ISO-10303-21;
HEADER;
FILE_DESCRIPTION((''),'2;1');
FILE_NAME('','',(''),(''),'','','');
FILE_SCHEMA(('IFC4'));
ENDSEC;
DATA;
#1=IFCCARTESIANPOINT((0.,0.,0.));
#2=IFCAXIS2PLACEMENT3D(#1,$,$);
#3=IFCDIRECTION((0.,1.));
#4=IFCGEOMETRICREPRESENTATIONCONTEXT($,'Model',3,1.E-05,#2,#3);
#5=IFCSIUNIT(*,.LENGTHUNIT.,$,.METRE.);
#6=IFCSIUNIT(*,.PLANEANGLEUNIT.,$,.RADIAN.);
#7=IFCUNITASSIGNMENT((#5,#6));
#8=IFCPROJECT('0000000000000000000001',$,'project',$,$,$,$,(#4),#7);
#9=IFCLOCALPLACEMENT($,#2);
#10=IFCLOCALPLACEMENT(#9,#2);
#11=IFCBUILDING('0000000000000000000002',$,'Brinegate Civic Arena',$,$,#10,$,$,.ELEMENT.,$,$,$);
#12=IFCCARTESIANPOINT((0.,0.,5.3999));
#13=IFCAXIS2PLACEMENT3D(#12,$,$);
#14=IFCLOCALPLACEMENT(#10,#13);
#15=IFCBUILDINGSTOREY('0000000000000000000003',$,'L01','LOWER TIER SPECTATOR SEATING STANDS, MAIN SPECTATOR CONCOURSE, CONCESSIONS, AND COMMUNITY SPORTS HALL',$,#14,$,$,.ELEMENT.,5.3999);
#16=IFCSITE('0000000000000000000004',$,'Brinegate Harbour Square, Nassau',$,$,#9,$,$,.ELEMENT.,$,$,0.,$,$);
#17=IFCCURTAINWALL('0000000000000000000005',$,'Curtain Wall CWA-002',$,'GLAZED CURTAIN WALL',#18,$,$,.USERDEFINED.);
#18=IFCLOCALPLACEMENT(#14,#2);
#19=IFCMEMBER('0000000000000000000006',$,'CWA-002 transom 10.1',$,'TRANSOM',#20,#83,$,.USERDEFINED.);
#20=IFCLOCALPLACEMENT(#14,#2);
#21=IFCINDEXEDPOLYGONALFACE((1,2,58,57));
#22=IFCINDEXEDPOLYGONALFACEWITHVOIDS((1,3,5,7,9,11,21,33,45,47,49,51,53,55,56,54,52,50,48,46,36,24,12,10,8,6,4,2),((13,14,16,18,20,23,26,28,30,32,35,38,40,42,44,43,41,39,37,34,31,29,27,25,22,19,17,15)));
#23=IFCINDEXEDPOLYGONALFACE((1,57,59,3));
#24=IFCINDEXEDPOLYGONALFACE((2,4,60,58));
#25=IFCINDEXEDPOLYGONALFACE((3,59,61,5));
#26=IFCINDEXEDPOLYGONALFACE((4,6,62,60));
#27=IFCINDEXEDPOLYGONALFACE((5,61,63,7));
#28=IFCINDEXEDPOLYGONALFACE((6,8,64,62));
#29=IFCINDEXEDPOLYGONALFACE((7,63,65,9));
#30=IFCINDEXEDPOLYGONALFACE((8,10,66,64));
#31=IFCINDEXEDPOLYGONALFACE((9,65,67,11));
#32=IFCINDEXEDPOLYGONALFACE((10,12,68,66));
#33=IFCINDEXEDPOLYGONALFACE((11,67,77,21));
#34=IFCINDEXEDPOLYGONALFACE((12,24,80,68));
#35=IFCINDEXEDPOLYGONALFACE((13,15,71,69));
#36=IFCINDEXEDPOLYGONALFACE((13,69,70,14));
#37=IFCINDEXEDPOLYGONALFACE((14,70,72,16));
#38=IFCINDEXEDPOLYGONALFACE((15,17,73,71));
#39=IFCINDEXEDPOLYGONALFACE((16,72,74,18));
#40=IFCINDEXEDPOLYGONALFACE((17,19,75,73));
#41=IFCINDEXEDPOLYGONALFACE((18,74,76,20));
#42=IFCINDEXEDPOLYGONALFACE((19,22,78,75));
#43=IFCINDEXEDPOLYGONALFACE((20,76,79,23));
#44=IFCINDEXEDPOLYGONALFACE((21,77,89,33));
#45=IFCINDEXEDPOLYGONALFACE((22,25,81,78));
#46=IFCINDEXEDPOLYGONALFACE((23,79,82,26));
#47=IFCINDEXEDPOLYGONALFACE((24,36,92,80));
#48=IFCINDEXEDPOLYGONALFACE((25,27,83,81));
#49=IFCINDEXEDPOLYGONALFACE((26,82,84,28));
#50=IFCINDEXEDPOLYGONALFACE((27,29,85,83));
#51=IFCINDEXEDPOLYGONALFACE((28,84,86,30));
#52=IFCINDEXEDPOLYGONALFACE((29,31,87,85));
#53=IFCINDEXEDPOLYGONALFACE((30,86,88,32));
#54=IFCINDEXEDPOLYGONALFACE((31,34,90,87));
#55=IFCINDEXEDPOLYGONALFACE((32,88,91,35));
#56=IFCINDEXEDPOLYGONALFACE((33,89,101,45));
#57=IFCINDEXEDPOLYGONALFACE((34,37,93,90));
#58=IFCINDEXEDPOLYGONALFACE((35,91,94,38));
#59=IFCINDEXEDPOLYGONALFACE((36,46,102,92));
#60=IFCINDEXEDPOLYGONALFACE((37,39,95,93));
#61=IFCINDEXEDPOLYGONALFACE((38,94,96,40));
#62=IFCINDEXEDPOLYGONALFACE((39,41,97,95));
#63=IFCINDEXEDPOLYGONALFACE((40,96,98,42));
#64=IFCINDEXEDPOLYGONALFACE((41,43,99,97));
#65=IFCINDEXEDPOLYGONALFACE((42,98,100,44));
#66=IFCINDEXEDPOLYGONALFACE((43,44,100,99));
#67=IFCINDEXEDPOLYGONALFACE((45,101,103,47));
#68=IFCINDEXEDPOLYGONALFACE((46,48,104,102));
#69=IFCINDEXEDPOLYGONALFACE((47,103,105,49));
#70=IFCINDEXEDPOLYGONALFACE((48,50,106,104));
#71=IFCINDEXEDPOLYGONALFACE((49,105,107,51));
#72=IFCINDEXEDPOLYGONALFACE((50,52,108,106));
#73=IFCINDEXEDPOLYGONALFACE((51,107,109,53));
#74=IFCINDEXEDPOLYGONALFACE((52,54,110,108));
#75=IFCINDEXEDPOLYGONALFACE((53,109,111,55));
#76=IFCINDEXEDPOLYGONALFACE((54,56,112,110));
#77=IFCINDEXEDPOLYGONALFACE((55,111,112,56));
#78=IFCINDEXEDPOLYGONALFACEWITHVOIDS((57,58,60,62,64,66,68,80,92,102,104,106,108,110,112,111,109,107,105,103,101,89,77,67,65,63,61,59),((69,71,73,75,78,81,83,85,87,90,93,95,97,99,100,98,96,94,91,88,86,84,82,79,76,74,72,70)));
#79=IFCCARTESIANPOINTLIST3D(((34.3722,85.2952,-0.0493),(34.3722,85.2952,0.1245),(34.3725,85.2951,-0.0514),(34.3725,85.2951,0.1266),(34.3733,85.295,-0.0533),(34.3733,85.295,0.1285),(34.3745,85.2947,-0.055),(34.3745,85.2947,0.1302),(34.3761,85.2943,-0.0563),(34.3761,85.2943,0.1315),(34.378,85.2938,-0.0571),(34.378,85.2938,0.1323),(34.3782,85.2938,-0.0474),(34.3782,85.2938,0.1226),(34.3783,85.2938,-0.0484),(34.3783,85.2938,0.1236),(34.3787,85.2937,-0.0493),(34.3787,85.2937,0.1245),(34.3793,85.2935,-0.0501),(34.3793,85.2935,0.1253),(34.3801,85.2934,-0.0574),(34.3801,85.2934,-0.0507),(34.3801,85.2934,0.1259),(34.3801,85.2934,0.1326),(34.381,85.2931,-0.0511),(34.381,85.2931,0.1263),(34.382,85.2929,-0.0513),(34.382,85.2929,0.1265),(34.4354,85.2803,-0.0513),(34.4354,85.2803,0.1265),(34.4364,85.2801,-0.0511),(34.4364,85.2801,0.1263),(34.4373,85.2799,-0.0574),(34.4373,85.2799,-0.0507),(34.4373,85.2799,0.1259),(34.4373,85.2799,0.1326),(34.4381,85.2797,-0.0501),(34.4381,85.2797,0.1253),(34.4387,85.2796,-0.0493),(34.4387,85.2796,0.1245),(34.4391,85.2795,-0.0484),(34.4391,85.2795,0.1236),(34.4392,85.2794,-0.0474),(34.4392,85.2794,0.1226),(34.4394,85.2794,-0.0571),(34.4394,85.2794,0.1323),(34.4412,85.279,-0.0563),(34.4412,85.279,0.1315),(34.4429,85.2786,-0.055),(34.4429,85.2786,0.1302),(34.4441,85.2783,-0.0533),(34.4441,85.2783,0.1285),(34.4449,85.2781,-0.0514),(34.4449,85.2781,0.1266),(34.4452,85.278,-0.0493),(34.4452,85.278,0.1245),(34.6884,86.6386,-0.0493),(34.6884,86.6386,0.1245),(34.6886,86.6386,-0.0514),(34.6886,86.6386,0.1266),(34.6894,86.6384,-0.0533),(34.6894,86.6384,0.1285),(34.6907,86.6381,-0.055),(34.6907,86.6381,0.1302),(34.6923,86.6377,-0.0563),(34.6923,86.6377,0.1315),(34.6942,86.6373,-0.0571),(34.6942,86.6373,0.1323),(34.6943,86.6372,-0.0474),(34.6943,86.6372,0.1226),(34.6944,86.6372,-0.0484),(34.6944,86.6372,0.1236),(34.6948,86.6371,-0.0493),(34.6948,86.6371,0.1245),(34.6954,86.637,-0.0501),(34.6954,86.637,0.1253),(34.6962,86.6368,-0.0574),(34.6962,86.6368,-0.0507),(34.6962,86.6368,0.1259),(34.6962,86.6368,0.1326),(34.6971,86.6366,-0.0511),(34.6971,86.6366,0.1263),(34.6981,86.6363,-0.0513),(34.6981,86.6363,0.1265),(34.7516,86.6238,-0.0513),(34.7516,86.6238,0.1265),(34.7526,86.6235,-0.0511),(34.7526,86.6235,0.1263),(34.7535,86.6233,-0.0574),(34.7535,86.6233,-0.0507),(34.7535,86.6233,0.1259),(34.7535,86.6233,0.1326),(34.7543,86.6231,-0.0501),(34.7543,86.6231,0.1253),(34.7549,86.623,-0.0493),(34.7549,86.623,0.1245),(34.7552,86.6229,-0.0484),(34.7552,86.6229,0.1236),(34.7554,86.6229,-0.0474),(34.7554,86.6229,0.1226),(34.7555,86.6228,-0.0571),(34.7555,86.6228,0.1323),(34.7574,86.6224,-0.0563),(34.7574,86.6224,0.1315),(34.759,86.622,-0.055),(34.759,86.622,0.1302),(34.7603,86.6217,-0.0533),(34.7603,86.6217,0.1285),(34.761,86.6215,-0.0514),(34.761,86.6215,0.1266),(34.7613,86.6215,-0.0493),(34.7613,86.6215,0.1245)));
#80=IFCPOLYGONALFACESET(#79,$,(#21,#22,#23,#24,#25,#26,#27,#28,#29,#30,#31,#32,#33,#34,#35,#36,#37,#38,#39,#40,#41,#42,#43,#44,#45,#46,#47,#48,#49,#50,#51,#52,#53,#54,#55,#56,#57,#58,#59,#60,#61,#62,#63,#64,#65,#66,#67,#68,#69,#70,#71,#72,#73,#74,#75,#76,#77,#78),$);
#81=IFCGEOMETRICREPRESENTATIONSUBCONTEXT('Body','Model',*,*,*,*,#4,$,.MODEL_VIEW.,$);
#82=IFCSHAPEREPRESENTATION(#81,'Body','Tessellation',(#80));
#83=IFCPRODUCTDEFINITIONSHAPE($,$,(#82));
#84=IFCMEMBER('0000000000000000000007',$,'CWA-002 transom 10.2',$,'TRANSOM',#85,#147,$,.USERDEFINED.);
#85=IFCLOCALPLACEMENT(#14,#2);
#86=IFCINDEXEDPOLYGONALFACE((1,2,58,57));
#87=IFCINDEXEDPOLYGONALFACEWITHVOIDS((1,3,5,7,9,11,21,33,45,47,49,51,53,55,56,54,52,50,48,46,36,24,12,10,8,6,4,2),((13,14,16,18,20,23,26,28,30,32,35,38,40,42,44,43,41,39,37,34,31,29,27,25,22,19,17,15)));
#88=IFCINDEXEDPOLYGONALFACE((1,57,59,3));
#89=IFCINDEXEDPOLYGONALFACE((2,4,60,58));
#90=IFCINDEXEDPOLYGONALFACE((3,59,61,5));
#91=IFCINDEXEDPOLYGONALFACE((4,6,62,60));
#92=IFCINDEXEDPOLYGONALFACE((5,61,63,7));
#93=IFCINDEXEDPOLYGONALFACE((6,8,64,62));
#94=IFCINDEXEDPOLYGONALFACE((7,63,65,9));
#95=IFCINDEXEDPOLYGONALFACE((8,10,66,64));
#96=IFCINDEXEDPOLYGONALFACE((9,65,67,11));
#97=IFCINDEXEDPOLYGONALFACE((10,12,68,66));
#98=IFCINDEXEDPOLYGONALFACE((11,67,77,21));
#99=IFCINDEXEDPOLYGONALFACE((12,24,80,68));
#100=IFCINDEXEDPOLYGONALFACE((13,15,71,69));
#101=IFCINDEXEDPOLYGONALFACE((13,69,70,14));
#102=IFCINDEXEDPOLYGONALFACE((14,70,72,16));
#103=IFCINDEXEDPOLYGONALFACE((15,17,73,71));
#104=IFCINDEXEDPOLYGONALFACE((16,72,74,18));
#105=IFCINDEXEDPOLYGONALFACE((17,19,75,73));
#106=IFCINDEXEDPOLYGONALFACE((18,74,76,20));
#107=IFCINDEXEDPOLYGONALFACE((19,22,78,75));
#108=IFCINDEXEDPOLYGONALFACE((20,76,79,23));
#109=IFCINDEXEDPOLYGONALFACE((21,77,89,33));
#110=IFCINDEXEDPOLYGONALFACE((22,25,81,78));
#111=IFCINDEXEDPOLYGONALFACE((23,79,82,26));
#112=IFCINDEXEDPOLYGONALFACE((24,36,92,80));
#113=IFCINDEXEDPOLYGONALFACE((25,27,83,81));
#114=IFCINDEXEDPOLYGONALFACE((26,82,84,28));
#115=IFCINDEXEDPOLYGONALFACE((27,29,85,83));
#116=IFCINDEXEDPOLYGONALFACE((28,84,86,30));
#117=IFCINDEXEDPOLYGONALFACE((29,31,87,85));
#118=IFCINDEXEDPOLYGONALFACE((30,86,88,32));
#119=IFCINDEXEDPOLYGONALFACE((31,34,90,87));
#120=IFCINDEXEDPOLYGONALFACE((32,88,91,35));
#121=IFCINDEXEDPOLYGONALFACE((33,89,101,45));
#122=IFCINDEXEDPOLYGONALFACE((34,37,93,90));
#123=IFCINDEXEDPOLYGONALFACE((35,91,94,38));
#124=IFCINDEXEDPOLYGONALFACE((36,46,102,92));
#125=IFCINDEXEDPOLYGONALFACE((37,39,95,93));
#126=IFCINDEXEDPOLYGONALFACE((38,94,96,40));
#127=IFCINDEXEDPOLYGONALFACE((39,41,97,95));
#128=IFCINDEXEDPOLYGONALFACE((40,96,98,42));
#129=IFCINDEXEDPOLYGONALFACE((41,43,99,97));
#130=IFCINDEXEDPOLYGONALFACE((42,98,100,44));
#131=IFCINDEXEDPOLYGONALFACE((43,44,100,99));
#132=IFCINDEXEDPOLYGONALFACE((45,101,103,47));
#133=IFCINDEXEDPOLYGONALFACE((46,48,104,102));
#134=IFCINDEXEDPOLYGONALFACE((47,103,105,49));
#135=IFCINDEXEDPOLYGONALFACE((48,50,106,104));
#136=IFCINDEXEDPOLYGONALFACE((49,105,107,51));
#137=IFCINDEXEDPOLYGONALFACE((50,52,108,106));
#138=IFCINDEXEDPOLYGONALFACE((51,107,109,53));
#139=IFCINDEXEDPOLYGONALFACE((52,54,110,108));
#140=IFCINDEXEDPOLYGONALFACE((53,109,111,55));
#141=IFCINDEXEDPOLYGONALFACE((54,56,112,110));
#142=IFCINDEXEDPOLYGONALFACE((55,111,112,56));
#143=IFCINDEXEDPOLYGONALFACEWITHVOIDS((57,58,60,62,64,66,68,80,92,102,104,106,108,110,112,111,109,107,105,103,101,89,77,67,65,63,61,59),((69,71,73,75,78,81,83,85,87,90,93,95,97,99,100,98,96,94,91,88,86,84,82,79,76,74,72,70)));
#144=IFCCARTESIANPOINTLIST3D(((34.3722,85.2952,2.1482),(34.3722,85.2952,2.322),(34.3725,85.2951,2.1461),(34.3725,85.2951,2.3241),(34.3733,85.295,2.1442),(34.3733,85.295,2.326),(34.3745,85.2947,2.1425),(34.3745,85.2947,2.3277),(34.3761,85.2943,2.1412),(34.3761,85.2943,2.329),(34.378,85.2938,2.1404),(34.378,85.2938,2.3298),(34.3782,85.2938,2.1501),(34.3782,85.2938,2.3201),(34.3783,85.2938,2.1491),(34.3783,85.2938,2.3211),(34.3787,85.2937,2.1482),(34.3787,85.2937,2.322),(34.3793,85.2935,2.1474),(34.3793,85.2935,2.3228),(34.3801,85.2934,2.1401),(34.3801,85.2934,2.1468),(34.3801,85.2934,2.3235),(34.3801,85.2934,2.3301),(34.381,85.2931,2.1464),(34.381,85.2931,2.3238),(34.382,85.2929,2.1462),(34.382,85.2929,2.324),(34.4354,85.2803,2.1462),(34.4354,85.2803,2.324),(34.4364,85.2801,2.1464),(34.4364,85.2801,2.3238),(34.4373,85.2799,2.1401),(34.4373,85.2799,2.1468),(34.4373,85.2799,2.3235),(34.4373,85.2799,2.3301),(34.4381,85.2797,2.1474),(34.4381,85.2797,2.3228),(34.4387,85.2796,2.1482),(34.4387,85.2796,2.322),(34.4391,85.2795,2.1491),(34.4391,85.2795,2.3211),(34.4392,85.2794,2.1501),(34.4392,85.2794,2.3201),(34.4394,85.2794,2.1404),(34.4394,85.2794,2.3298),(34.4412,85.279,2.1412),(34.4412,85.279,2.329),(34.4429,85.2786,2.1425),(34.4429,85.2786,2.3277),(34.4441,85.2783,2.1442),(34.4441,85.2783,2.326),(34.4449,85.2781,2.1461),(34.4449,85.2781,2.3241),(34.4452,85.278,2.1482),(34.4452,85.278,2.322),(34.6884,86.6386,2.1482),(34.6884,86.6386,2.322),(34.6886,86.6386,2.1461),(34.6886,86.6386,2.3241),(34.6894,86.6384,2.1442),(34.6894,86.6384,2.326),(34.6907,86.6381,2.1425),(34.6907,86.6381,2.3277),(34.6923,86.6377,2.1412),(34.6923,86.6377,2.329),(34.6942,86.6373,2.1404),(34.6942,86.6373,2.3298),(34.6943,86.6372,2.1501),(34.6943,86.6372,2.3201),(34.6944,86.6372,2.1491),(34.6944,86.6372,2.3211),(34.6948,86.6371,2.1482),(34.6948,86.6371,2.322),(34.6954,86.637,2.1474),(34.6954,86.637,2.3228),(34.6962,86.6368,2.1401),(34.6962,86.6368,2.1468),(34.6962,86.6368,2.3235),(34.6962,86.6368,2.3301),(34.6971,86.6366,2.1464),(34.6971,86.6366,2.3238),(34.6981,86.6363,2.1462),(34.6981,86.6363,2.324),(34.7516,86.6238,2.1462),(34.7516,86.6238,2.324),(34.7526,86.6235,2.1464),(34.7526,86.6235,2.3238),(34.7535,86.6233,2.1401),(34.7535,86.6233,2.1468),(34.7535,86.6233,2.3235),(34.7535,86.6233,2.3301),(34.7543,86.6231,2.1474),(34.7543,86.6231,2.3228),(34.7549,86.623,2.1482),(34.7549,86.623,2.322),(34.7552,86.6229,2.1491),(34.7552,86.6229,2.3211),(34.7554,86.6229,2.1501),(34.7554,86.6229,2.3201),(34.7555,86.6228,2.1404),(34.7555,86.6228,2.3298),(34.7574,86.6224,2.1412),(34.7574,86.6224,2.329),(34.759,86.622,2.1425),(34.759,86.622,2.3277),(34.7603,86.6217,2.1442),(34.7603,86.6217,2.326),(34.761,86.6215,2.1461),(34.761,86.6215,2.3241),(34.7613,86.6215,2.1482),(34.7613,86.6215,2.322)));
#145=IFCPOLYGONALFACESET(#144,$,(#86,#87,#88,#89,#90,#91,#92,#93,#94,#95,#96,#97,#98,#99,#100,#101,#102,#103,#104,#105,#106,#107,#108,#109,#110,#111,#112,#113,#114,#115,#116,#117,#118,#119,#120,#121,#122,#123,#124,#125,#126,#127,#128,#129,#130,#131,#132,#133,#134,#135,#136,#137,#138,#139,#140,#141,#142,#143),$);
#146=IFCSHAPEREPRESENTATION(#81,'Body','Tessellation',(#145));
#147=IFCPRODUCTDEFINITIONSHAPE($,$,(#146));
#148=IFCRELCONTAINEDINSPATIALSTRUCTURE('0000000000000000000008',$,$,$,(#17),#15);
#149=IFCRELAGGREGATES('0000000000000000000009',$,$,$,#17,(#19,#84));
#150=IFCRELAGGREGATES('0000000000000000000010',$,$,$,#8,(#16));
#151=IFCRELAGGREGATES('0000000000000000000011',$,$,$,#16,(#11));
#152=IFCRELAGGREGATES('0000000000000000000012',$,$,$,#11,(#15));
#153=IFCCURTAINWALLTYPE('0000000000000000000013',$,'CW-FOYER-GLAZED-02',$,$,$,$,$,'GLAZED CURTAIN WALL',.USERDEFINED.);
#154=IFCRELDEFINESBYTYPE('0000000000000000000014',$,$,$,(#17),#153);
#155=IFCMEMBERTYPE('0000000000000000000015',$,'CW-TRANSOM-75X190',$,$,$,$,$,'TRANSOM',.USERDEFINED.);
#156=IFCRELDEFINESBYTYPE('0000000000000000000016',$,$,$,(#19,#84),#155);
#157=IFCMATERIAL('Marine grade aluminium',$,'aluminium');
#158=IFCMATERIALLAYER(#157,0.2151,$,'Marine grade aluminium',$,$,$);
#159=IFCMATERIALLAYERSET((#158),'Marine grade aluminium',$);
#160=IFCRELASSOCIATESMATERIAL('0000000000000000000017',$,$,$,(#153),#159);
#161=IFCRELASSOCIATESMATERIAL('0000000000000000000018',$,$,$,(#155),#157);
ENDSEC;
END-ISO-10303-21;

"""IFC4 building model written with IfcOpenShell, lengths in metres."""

from ifc_helpers import new_model, si_unit, direction, frame, origin, origin_2d, place, context, subcontext, project, spatial, hollow_rectangle, extrude, material, layer, layer_set, material_profile, profile_set, type_object, element, aggregate, save


model = new_model("IFC4")

# Units and contexts
model_context = context("Model", 3, precision=1e-05, world=origin(), true_north=direction((0.0, 1.0)))
body_context = subcontext(model_context, "Body", "Model", "MODEL_VIEW")
ifc_project = project(units=[si_unit("LENGTHUNIT", "METRE"), si_unit("PLANEANGLEUNIT", "RADIAN")], contexts=[model_context])

# Site, building, storey
site_placement = place(None, origin())
site = spatial("IfcSite", under=ifc_project, at=site_placement, Name="Brinegate Harbour Square, Nassau", CompositionType="ELEMENT", RefElevation=0.0)
building_placement = place(site_placement, origin())
building = spatial("IfcBuilding", under=site, at=building_placement, Name="Brinegate Civic Arena", CompositionType="ELEMENT")
storey_placement = place(building_placement, frame((0.0, 0.0, 5.3999)))
storey = spatial("IfcBuildingStorey", under=building, at=storey_placement, Name="L01", Description="LOWER TIER SPECTATOR SEATING STANDS, MAIN SPECTATOR CONCOURSE, CONCESSIONS, AND COMMUNITY SPORTS HALL", CompositionType="ELEMENT", Elevation=5.3999)

# Curtain wall, members
ifc_material_1 = material(Name="Marine grade aluminium", Category="aluminium")
ifc_layer_1 = layer(ifc_material_1, 0.2151, Name="Marine grade aluminium")
ifc_layer_set_1 = layer_set([ifc_layer_1], Name="Marine grade aluminium")
curtain_wall_type = type_object("IfcCurtainWallType", Name="CW-FOYER-GLAZED-02", ElementType="GLAZED CURTAIN WALL", PredefinedType="USERDEFINED", material=ifc_layer_set_1)
curtain_wall_placement = place(storey_placement, origin())
curtain_wall = element("IfcCurtainWall", 1, at=curtain_wall_placement, inside=storey, type_object=curtain_wall_type, Name="Curtain Wall CWA-002", ObjectType="GLAZED CURTAIN WALL", PredefinedType="USERDEFINED")
ifc_material_profile_1 = material_profile(ifc_material_1, hollow_rectangle(XDim=0.075, YDim=0.1899, WallThickness=0.0061, InnerFilletRadius=0.0039, OuterFilletRadius=0.0081, at=origin_2d()), Name="TRN75X190")
ifc_profile_set_1 = profile_set([ifc_material_profile_1], Name="Marine grade aluminium")
member_type_1 = type_object("IfcMemberType", Name="CW-TRANSOM-75X190", ElementType="TRANSOM", PredefinedType="USERDEFINED", material=ifc_profile_set_1)
member_1_placement = place(storey_placement, frame((34.4087, 85.2866, 0.0376), z_axis=(0.229069, 0.97341, 0.0), x_axis=(-0.97341, 0.229069, 0.0)))
member_1 = element("IfcMember", 2, at=member_1_placement, type_object=member_type_1, Name="CWA-002 transom 10.1", ObjectType="TRANSOM", PredefinedType="USERDEFINED", context=body_context, shape_type="SweptSolid", body=[
    extrude(hollow_rectangle(XDim=0.075, YDim=0.1899, WallThickness=0.0061, InnerFilletRadius=0.0039, OuterFilletRadius=0.0081, at=origin_2d()), origin(), (0.0, 0.0, 1.0), 1.3801),
])
member_2_placement = place(storey_placement, frame((34.4087, 85.2866, 2.2351), z_axis=(0.229069, 0.97341, 0.0), x_axis=(-0.97341, 0.229069, 0.0)))
member_2 = element("IfcMember", 3, at=member_2_placement, type_object=member_type_1, Name="CWA-002 transom 10.2", ObjectType="TRANSOM", PredefinedType="USERDEFINED", context=body_context, shape_type="SweptSolid", body=[
    extrude(hollow_rectangle(XDim=0.075, YDim=0.1899, WallThickness=0.0061, InnerFilletRadius=0.0039, OuterFilletRadius=0.0081, at=origin_2d()), origin(), (0.0, 0.0, 1.0), 1.3801),
])
aggregate(curtain_wall, [member_1, member_2])

save(model, "model.ifc")
